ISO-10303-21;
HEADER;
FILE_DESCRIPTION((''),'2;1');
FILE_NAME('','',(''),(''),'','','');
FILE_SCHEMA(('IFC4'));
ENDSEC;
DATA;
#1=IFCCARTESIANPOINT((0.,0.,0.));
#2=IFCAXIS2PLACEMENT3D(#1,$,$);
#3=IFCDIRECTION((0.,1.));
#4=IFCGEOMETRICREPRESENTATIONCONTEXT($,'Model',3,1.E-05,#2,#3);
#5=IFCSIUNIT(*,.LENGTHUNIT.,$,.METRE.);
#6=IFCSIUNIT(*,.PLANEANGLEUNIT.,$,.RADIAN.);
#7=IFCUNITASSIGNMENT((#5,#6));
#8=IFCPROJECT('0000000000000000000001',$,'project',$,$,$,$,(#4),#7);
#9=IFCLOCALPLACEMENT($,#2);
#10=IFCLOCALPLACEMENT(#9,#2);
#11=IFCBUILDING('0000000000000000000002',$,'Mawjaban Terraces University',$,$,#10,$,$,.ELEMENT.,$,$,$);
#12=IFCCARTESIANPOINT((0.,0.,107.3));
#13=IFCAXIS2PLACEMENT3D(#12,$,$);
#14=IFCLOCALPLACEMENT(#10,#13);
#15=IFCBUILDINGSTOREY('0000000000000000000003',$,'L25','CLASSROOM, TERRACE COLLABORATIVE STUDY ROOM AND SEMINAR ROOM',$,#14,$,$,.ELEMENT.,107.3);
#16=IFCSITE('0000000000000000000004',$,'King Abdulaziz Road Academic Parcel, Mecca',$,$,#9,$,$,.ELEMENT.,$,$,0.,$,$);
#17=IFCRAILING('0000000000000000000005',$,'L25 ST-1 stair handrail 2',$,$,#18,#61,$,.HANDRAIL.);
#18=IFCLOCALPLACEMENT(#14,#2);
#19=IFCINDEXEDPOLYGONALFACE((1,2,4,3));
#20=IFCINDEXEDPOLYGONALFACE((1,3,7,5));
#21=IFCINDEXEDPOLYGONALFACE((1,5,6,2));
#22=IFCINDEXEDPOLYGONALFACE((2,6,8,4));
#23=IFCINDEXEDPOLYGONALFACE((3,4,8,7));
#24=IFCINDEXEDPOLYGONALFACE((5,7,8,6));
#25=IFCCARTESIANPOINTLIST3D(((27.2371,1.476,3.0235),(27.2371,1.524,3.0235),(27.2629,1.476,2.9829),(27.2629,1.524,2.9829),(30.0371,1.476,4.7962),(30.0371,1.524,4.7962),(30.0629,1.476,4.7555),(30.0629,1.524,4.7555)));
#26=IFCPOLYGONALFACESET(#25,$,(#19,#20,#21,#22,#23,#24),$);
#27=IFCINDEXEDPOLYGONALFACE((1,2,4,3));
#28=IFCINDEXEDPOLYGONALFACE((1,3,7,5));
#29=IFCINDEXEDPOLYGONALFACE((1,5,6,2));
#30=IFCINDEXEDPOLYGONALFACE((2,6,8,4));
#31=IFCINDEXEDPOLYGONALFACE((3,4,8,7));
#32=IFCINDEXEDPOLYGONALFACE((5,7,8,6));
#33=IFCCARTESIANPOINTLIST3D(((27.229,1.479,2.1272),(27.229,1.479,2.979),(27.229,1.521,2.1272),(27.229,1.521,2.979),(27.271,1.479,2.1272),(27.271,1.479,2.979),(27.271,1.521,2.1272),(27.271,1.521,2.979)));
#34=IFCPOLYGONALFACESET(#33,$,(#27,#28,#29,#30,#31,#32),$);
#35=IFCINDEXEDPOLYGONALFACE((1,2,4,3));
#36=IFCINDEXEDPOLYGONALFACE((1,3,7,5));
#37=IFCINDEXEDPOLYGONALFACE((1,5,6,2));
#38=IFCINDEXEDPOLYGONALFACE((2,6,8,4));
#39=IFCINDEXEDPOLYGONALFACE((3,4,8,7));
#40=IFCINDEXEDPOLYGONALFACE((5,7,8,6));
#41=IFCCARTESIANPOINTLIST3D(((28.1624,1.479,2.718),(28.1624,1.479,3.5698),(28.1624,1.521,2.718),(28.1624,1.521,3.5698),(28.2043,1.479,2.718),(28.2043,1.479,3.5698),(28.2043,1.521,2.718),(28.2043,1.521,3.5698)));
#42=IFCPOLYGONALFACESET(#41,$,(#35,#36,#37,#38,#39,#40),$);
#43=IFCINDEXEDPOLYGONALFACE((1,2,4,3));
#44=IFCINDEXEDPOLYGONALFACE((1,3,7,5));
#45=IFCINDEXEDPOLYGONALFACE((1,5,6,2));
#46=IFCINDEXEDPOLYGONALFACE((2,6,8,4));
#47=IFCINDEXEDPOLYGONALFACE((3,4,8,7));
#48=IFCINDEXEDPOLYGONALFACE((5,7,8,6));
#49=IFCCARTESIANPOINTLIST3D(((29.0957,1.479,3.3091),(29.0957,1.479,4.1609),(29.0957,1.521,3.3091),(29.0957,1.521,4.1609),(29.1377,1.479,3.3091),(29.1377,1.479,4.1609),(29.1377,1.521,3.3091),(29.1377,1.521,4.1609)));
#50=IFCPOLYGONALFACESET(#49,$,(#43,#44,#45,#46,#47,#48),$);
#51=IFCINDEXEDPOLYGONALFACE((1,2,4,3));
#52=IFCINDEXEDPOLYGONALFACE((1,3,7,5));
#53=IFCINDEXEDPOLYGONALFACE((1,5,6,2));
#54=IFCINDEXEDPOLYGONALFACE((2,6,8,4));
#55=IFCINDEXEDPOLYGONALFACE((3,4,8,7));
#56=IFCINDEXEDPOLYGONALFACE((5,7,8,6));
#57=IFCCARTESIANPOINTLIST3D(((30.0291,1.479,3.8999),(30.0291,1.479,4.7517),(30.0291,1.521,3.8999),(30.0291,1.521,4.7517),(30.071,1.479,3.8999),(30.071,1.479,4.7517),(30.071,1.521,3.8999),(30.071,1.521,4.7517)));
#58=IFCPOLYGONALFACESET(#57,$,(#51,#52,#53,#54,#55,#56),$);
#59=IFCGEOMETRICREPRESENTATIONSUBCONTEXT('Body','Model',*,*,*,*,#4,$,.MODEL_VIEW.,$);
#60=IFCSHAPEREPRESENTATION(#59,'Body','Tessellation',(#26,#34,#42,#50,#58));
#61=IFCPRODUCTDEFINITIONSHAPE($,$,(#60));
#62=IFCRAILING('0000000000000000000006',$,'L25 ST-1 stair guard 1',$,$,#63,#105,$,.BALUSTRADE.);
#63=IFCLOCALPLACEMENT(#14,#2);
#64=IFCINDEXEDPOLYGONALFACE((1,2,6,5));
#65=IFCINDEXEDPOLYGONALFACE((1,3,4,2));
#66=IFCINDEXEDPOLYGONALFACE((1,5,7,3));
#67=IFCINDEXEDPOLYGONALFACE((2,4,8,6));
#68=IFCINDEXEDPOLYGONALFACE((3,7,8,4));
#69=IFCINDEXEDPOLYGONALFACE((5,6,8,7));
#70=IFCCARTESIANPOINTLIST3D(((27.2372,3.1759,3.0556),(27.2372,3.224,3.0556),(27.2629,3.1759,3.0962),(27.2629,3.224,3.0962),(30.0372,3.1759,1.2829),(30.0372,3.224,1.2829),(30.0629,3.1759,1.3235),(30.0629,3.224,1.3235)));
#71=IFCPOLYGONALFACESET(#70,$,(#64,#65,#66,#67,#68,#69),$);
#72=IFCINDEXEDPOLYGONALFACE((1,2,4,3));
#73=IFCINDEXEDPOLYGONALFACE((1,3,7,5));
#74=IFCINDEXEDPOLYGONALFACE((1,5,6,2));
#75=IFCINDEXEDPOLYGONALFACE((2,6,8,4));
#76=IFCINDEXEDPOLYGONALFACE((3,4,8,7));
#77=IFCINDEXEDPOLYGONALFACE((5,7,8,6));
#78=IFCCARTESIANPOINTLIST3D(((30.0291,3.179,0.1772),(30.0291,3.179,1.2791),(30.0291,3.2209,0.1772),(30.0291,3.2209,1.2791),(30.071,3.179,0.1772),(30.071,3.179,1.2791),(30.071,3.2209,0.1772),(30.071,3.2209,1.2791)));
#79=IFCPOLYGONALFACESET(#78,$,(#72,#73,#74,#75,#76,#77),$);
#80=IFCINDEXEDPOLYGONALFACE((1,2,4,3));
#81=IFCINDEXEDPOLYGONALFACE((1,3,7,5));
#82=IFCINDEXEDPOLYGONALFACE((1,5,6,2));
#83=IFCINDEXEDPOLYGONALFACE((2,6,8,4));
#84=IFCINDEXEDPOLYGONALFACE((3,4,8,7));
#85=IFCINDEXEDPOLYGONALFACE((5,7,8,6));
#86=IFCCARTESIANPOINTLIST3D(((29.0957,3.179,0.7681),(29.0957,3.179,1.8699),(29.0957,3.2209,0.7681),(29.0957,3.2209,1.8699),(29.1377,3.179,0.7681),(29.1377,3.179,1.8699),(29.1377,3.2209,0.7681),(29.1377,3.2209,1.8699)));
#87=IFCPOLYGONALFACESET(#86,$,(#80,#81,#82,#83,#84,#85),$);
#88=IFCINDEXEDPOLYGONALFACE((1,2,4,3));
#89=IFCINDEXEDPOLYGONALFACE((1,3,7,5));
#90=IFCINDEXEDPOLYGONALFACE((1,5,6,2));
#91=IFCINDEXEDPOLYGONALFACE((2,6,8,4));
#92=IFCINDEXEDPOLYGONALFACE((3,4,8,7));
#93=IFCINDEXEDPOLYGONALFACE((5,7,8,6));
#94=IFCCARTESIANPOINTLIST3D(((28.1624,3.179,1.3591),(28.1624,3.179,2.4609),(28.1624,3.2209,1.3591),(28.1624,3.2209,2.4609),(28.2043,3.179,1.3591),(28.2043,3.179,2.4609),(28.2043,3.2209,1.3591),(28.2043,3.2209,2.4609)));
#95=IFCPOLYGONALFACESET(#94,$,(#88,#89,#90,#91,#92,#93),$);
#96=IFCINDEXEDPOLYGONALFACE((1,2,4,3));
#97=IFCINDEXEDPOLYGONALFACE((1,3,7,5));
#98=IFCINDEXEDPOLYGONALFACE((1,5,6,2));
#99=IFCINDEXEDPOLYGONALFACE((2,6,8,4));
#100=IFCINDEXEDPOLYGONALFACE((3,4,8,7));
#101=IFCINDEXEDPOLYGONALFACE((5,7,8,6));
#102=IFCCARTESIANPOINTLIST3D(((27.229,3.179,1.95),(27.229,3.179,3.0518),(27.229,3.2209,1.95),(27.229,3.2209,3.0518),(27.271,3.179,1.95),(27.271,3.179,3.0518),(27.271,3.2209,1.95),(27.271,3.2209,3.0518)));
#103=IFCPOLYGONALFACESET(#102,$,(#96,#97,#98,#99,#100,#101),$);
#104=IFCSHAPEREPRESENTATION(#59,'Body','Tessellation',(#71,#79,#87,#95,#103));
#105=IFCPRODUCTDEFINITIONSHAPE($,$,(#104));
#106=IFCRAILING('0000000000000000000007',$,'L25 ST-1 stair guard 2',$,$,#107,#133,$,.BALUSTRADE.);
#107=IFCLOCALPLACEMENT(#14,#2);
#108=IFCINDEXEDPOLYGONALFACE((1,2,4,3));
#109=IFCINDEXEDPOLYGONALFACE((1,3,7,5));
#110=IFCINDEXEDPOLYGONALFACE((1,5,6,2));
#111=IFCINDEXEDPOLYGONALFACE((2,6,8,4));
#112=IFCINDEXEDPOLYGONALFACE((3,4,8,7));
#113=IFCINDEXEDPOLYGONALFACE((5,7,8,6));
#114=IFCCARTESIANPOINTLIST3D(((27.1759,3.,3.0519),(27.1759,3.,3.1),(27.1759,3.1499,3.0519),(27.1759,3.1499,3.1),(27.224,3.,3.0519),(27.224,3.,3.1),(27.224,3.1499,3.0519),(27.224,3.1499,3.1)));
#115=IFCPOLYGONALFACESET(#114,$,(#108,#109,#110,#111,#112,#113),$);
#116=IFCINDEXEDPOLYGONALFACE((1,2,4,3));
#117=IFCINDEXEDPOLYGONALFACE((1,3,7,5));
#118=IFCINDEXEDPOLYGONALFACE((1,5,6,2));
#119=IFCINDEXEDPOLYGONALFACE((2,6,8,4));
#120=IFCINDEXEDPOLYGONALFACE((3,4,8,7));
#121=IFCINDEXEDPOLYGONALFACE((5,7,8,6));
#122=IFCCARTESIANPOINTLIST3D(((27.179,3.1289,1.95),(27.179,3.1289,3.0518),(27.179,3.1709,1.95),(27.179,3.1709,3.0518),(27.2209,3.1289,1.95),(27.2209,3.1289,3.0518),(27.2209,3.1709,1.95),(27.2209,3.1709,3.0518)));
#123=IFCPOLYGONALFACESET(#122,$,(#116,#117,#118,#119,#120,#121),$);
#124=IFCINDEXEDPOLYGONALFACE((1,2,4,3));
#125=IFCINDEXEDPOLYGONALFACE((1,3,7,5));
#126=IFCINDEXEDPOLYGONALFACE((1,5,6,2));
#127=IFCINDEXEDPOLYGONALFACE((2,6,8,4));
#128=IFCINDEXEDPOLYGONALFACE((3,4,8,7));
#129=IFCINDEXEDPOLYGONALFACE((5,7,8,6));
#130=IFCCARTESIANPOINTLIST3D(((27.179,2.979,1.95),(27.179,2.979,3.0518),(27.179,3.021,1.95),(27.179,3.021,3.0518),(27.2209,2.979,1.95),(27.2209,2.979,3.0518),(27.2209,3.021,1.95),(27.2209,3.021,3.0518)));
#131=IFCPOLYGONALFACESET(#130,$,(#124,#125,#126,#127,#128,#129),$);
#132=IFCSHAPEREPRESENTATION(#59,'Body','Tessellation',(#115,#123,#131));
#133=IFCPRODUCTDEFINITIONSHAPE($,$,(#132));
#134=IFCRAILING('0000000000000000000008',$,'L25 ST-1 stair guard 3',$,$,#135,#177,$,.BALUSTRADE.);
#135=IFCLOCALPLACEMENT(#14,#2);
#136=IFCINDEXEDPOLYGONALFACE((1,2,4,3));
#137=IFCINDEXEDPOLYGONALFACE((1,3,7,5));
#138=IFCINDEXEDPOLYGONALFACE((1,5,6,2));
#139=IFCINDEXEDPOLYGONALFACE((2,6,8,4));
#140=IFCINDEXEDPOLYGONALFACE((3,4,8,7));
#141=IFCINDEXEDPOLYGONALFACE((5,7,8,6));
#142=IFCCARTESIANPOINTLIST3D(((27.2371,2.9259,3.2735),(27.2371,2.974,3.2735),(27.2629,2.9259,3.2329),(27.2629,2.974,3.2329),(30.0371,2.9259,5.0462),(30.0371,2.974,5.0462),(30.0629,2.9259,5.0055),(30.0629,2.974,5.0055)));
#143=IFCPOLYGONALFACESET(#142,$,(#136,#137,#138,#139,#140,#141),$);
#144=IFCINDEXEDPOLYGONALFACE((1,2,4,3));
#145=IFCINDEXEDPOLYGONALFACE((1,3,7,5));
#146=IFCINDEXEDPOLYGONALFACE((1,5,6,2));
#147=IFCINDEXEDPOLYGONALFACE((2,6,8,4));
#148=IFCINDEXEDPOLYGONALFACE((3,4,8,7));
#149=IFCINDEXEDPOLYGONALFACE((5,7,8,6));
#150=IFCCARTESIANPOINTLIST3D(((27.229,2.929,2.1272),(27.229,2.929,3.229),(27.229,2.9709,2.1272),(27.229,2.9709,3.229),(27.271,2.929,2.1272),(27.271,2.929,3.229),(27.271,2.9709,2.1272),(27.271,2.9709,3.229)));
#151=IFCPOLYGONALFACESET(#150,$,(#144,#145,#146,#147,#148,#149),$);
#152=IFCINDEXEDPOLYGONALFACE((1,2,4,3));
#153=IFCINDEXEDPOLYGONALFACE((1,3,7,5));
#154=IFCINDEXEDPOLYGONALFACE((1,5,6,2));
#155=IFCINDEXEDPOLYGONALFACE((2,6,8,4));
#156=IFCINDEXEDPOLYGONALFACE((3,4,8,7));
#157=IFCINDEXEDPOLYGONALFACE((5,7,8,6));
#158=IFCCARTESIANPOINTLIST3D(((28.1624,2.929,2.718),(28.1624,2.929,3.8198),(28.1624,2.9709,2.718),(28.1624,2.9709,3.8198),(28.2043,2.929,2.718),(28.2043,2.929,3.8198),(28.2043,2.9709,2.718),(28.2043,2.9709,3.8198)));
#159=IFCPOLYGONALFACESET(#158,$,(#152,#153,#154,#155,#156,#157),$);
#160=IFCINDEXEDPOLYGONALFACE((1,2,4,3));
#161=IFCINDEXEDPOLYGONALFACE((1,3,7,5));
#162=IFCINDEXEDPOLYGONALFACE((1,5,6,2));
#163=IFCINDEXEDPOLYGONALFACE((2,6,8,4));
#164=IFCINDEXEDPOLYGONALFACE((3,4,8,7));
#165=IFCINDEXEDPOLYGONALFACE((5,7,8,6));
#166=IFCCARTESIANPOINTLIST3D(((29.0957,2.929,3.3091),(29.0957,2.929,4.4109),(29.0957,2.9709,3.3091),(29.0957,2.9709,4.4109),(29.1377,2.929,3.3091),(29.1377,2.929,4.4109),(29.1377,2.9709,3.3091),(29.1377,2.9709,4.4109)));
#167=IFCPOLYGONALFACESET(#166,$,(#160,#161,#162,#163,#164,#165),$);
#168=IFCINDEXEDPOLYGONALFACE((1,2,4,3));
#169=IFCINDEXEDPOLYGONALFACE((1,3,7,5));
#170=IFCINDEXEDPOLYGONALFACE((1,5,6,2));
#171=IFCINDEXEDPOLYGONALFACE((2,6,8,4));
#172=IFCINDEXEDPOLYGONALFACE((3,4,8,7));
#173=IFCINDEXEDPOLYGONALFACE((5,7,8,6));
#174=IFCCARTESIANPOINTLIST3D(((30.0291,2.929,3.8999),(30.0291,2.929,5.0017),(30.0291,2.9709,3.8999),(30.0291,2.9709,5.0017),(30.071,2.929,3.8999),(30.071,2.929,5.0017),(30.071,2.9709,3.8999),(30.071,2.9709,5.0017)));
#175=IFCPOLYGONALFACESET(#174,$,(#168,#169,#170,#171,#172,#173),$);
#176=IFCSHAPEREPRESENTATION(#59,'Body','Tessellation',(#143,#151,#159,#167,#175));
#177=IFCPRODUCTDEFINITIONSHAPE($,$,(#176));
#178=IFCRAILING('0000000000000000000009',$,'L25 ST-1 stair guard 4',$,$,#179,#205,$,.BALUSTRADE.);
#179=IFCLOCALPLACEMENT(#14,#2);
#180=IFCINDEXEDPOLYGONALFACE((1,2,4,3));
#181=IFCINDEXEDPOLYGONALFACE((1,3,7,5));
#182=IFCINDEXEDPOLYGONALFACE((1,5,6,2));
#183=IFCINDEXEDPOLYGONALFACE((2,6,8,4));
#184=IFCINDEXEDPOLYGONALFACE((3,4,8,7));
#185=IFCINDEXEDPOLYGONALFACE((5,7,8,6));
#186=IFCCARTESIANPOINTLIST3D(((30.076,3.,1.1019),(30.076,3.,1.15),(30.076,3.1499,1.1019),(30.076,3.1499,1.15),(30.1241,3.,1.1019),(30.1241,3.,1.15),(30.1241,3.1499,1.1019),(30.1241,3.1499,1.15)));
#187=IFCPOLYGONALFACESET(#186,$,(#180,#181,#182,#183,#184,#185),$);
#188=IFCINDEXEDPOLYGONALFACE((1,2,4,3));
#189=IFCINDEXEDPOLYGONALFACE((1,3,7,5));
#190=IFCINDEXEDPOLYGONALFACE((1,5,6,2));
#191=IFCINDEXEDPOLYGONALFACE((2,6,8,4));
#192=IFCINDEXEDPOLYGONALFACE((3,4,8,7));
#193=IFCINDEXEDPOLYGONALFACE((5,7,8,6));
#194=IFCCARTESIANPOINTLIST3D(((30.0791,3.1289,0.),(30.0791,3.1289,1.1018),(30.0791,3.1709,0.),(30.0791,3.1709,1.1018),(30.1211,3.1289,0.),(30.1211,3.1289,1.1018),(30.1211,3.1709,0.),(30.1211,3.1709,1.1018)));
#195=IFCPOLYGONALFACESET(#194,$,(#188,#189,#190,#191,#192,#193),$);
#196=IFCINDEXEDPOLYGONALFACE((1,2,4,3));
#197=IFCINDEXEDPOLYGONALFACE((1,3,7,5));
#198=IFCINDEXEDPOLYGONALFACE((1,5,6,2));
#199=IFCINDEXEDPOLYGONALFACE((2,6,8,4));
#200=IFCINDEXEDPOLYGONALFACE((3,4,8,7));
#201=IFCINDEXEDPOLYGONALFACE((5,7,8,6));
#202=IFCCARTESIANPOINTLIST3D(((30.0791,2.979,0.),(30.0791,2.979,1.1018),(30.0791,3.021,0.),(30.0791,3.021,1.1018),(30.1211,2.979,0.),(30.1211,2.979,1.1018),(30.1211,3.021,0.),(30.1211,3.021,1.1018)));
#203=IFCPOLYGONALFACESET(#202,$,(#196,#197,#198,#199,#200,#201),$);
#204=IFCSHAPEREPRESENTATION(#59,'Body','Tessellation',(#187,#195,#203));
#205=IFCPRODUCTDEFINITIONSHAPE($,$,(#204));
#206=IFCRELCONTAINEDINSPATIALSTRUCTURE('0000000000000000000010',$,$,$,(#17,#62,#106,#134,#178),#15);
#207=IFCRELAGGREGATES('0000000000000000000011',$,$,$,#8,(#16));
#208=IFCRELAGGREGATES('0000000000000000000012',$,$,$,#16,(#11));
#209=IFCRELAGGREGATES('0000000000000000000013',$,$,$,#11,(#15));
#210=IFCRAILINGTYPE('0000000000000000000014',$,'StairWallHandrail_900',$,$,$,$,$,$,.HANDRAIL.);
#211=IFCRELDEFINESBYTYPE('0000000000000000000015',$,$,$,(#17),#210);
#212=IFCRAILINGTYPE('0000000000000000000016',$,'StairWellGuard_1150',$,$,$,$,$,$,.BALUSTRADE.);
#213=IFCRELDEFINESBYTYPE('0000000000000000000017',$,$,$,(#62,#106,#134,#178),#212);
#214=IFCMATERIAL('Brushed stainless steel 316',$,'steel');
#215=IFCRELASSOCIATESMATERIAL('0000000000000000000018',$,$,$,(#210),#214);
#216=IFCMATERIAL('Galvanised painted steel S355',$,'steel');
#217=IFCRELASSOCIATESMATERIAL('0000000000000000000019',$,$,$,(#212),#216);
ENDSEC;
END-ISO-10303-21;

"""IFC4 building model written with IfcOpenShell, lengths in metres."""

from ifc_helpers import new_model, si_unit, direction, frame, origin, origin_2d, place, context, subcontext, project, spatial, rectangle, extrude, material, type_object, element, save


model = new_model("IFC4")

# Units and contexts
model_context = context("Model", 3, precision=1e-05, world=origin(), true_north=direction((0.0, 1.0)))
body_context = subcontext(model_context, "Body", "Model", "MODEL_VIEW")
ifc_project = project(units=[si_unit("LENGTHUNIT", "METRE"), si_unit("PLANEANGLEUNIT", "RADIAN")], contexts=[model_context])

# Site, building, storey
site_placement = place(None, origin())
site = spatial("IfcSite", under=ifc_project, at=site_placement, Name="King Abdulaziz Road Academic Parcel, Mecca", CompositionType="ELEMENT", RefElevation=0.0)
building_placement = place(site_placement, origin())
building = spatial("IfcBuilding", under=site, at=building_placement, Name="Mawjaban Terraces University", CompositionType="ELEMENT")
storey_placement = place(building_placement, frame((0.0, 0.0, 107.3)))
storey = spatial("IfcBuildingStorey", under=building, at=storey_placement, Name="L25", Description="CLASSROOM, TERRACE COLLABORATIVE STUDY ROOM AND SEMINAR ROOM", CompositionType="ELEMENT", Elevation=107.3)

# Railings
ifc_material_1 = material(Name="Brushed stainless steel 316", Category="steel")
railing_type_1 = type_object("IfcRailingType", Name="StairWallHandrail_900", PredefinedType="HANDRAIL", material=ifc_material_1)
railing_1_placement = place(storey_placement, frame((27.25, 1.5, 2.1272)))
element("IfcRailing", 1, at=railing_1_placement, inside=storey, type_object=railing_type_1, Name="L25 ST-1 stair handrail 2", PredefinedType="HANDRAIL", context=body_context, shape_type="SweptSolid", body=[
    extrude(rectangle(XDim=0.0481, YDim=0.0481, at=origin_2d()), frame((0.0, 0.0, 0.876), z_axis=(0.844909, 0.0, 0.53491), x_axis=(0.0, 1.0, 0.0)), (0.0, 0.0, 1.0), 3.314),
    extrude(rectangle(XDim=0.042, YDim=0.042, at=origin_2d()), origin(), (0.0, 0.0, 1.0), 0.8518),
    extrude(rectangle(XDim=0.042, YDim=0.042, at=origin_2d()), frame((0.9333, 0.0, 0.5908)), (0.0, 0.0, 1.0), 0.8518),
    extrude(rectangle(XDim=0.042, YDim=0.042, at=origin_2d()), frame((1.8667, 0.0, 1.1819)), (0.0, 0.0, 1.0), 0.8518),
    extrude(rectangle(XDim=0.042, YDim=0.042, at=origin_2d()), frame((2.8, 0.0, 1.7727)), (0.0, 0.0, 1.0), 0.8518),
])
ifc_material_2 = material(Name="Galvanised painted steel S355", Category="steel")
railing_type_2 = type_object("IfcRailingType", Name="StairWellGuard_1150", PredefinedType="BALUSTRADE", material=ifc_material_2)
railing_2_placement = place(storey_placement, frame((30.05, 3.2, 0.1772)))
element("IfcRailing", 2, at=railing_2_placement, inside=storey, type_object=railing_type_2, Name="L25 ST-1 stair guard 1", PredefinedType="BALUSTRADE", context=body_context, shape_type="SweptSolid", body=[
    extrude(rectangle(XDim=0.0481, YDim=0.0481, at=origin_2d()), frame((0.0, 0.0, 1.126), z_axis=(-0.844909, 0.0, 0.53491), x_axis=(0.0, -1.0, 0.0)), (0.0, 0.0, 1.0), 3.314),
    extrude(rectangle(XDim=0.042, YDim=0.042, at=origin_2d()), origin(), (0.0, 0.0, 1.0), 1.1018),
    extrude(rectangle(XDim=0.042, YDim=0.042, at=origin_2d()), frame((-0.9333, 0.0, 0.5908)), (0.0, 0.0, 1.0), 1.1018),
    extrude(rectangle(XDim=0.042, YDim=0.042, at=origin_2d()), frame((-1.8667, 0.0, 1.1819)), (0.0, 0.0, 1.0), 1.1018),
    extrude(rectangle(XDim=0.042, YDim=0.042, at=origin_2d()), frame((-2.8, 0.0, 1.7727)), (0.0, 0.0, 1.0), 1.1018),
])
railing_3_placement = place(storey_placement, frame((27.2, 3.1499, 1.95)))
element("IfcRailing", 3, at=railing_3_placement, inside=storey, type_object=railing_type_2, Name="L25 ST-1 stair guard 2", PredefinedType="BALUSTRADE", context=body_context, shape_type="SweptSolid", body=[
    extrude(rectangle(XDim=0.0481, YDim=0.0481, at=origin_2d()), frame((0.0, 0.0, 1.126), z_axis=(0.0, -1.0, 0.0), x_axis=(1.0, 0.0, 0.0)), (0.0, 0.0, 1.0), 0.1499),
    extrude(rectangle(XDim=0.042, YDim=0.042, at=origin_2d()), origin(), (0.0, 0.0, 1.0), 1.1018),
    extrude(rectangle(XDim=0.042, YDim=0.042, at=origin_2d()), frame((0.0, -0.1499, 0.0)), (0.0, 0.0, 1.0), 1.1018),
])
railing_4_placement = place(storey_placement, frame((27.25, 2.95, 2.1272)))
element("IfcRailing", 4, at=railing_4_placement, inside=storey, type_object=railing_type_2, Name="L25 ST-1 stair guard 3", PredefinedType="BALUSTRADE", context=body_context, shape_type="SweptSolid", body=[
    extrude(rectangle(XDim=0.0481, YDim=0.0481, at=origin_2d()), frame((0.0, 0.0, 1.126), z_axis=(0.844909, 0.0, 0.53491), x_axis=(0.0, 1.0, 0.0)), (0.0, 0.0, 1.0), 3.314),
    extrude(rectangle(XDim=0.042, YDim=0.042, at=origin_2d()), origin(), (0.0, 0.0, 1.0), 1.1018),
    extrude(rectangle(XDim=0.042, YDim=0.042, at=origin_2d()), frame((0.9333, 0.0, 0.5908)), (0.0, 0.0, 1.0), 1.1018),
    extrude(rectangle(XDim=0.042, YDim=0.042, at=origin_2d()), frame((1.8667, 0.0, 1.1819)), (0.0, 0.0, 1.0), 1.1018),
    extrude(rectangle(XDim=0.042, YDim=0.042, at=origin_2d()), frame((2.8, 0.0, 1.7727)), (0.0, 0.0, 1.0), 1.1018),
])
railing_5_placement = place(storey_placement, frame((30.1001, 3.1499, 0.0)))
element("IfcRailing", 5, at=railing_5_placement, inside=storey, type_object=railing_type_2, Name="L25 ST-1 stair guard 4", PredefinedType="BALUSTRADE", context=body_context, shape_type="SweptSolid", body=[
    extrude(rectangle(XDim=0.0481, YDim=0.0481, at=origin_2d()), frame((0.0, 0.0, 1.126), z_axis=(0.0, -1.0, 0.0), x_axis=(1.0, 0.0, 0.0)), (0.0, 0.0, 1.0), 0.1499),
    extrude(rectangle(XDim=0.042, YDim=0.042, at=origin_2d()), origin(), (0.0, 0.0, 1.0), 1.1018),
    extrude(rectangle(XDim=0.042, YDim=0.042, at=origin_2d()), frame((0.0, -0.1499, 0.0)), (0.0, 0.0, 1.0), 1.1018),
])

save(model, "model.ifc")
